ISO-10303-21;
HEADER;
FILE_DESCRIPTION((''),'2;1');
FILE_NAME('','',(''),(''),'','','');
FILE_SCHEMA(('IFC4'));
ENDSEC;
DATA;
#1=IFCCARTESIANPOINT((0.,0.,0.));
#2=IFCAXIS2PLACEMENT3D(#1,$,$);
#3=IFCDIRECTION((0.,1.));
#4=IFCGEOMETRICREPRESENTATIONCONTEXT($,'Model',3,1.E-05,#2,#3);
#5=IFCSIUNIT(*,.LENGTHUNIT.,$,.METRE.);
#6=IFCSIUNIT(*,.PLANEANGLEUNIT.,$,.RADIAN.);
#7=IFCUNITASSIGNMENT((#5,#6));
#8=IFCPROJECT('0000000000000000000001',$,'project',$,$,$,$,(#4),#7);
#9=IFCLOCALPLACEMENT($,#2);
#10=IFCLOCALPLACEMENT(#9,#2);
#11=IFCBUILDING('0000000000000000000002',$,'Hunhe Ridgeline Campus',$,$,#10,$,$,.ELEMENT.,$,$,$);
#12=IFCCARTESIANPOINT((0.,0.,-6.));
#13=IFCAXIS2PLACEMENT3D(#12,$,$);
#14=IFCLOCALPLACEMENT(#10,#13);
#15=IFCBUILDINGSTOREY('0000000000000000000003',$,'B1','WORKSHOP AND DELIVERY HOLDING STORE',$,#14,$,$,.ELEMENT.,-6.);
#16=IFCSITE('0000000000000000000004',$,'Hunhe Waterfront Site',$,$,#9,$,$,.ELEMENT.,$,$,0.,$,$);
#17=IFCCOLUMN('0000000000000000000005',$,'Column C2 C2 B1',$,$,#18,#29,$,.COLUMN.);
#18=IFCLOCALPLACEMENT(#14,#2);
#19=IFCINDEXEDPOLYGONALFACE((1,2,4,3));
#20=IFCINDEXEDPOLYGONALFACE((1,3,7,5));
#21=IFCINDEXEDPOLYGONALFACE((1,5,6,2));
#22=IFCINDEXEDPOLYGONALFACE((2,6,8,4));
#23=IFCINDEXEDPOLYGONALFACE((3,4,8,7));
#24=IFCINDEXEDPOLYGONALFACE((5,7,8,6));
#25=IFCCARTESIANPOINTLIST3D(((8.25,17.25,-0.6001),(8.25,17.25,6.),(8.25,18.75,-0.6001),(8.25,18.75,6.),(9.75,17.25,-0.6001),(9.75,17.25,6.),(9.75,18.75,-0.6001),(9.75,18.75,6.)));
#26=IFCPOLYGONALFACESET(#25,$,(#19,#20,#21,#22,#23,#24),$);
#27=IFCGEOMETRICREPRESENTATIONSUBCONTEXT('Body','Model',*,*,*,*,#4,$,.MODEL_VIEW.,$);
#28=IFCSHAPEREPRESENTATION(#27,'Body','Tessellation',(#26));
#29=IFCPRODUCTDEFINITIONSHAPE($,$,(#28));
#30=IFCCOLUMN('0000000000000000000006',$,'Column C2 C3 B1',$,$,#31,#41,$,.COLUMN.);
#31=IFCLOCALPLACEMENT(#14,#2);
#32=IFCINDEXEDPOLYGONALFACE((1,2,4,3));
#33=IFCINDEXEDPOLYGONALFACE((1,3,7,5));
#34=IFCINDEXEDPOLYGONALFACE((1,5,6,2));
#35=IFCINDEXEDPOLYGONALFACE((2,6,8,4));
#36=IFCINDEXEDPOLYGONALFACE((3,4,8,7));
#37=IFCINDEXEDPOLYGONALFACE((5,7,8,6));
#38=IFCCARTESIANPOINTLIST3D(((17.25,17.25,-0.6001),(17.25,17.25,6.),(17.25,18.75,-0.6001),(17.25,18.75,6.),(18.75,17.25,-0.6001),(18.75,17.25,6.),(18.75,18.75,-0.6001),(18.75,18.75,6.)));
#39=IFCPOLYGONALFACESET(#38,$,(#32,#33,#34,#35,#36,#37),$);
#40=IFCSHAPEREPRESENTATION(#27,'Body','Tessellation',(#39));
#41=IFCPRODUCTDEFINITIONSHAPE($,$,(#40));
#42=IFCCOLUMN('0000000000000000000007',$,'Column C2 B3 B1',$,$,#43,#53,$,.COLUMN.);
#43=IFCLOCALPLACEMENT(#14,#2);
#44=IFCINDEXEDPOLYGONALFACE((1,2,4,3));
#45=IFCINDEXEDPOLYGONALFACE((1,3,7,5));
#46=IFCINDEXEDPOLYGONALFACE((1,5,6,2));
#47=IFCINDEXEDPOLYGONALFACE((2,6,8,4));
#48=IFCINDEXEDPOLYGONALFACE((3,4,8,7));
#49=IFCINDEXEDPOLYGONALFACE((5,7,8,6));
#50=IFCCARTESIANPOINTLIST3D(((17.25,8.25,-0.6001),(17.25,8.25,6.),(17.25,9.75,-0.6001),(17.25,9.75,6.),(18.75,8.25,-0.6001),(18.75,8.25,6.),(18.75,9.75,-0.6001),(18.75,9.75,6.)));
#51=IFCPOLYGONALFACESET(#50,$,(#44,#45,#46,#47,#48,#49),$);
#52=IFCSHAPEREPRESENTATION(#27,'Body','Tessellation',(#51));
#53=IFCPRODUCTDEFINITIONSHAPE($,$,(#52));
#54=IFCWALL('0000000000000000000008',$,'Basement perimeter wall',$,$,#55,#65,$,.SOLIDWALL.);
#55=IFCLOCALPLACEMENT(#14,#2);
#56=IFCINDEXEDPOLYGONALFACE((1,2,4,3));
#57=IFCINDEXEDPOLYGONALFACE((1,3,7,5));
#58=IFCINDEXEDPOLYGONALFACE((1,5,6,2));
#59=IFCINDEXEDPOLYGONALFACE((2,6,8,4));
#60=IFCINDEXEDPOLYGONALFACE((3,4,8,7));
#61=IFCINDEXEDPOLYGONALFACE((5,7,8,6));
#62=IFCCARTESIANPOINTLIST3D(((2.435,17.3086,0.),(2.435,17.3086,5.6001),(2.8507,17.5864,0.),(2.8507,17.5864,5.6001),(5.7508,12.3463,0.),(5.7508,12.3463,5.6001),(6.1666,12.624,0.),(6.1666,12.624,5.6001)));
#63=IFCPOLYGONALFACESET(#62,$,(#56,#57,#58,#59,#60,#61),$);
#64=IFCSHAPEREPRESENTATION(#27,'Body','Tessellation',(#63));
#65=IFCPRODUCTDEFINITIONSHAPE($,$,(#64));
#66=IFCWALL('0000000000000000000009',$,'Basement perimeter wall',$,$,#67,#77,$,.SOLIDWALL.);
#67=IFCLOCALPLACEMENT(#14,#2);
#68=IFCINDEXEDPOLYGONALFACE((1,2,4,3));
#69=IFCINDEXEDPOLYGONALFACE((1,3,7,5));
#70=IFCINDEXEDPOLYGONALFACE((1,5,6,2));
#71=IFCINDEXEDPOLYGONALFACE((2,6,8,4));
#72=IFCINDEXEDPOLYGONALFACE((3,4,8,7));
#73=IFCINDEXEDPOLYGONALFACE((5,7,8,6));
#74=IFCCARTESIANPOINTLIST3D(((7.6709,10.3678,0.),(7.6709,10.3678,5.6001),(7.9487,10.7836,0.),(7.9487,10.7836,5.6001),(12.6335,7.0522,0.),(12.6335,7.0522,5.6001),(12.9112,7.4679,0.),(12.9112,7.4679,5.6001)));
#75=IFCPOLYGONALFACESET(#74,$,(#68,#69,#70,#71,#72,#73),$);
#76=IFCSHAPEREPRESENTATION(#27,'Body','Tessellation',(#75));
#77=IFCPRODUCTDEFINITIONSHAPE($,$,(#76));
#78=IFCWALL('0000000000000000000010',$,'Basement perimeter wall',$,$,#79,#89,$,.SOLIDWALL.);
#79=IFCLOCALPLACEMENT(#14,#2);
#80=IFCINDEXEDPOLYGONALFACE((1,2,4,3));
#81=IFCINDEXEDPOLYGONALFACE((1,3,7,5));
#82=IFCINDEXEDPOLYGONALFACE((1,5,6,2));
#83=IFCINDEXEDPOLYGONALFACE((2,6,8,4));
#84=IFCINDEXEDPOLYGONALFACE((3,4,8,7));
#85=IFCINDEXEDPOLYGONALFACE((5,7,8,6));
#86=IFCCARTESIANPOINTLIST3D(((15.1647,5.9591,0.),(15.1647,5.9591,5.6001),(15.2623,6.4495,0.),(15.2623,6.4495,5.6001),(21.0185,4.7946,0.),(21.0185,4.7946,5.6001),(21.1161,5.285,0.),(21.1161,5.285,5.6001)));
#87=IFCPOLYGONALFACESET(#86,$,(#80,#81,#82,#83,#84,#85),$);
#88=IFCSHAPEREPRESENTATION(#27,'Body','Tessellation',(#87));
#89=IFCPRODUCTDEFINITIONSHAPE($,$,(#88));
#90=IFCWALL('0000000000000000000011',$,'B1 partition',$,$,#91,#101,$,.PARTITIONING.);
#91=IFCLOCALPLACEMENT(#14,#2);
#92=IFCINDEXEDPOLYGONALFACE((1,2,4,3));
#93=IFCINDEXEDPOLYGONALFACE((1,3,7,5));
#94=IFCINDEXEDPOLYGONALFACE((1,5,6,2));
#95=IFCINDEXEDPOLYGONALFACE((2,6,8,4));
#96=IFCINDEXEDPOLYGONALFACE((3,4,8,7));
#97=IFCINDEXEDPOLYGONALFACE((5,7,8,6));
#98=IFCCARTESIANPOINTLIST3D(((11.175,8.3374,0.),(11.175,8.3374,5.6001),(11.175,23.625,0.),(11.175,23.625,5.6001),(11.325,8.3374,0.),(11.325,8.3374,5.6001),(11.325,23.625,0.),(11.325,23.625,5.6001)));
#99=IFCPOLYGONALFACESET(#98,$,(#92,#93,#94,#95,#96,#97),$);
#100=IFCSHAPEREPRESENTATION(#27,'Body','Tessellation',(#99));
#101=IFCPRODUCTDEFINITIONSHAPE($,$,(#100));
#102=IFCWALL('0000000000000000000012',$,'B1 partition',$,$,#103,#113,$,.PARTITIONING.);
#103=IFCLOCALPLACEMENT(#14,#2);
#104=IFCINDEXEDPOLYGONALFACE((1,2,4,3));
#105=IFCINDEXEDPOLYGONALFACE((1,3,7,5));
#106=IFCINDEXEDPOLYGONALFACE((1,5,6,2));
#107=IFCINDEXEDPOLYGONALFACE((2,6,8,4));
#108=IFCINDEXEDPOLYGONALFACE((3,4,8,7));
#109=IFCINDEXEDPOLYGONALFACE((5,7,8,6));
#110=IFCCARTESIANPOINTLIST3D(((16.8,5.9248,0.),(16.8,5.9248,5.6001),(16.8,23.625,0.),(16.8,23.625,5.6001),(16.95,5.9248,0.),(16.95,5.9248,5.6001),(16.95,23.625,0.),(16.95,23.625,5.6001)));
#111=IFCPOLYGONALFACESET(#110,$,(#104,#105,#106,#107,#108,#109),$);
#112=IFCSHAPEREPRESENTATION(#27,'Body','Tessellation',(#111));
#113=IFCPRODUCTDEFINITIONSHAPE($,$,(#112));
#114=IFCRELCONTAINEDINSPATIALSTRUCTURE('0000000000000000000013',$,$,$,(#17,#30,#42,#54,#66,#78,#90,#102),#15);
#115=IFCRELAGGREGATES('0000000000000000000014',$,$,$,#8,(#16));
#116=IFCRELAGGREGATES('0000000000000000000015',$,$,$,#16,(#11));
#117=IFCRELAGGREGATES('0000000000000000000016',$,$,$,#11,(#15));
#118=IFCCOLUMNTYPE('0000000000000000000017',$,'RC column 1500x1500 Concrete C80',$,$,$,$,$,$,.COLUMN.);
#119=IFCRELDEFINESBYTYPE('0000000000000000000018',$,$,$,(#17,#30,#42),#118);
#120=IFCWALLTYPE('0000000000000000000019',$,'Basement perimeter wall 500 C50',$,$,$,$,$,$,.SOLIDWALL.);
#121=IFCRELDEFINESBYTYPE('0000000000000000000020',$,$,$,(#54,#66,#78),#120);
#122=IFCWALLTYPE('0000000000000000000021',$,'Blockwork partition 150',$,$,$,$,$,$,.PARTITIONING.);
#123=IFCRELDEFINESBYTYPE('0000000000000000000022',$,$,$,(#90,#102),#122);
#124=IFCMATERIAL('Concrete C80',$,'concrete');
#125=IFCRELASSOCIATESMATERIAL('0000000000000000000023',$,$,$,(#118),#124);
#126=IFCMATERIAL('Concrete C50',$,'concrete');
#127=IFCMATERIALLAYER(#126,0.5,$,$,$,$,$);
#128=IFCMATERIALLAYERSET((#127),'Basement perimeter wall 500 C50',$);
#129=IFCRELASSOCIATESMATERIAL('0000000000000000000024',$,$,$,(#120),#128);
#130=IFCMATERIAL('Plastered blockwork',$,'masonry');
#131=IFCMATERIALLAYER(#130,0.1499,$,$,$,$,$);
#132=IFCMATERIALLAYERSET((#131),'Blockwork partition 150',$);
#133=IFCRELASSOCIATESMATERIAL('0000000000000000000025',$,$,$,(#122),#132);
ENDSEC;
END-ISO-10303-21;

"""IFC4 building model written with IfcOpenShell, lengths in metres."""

from ifc_helpers import new_model, si_unit, direction, frame, frame_2d, origin, origin_2d, place, context, subcontext, project, spatial, rectangle, extrude, material, layer, layer_set, material_profile, profile_set, type_object, element, save


model = new_model("IFC4")

# Units and contexts
model_context = context("Model", 3, precision=1e-05, world=origin(), true_north=direction((0.0, 1.0)))
body_context = subcontext(model_context, "Body", "Model", "MODEL_VIEW")
ifc_project = project(units=[si_unit("LENGTHUNIT", "METRE"), si_unit("PLANEANGLEUNIT", "RADIAN")], contexts=[model_context])

# Site, building, storey
site_placement = place(None, origin())
site = spatial("IfcSite", under=ifc_project, at=site_placement, Name="Hunhe Waterfront Site", CompositionType="ELEMENT", RefElevation=0.0)
building_placement = place(site_placement, origin())
building = spatial("IfcBuilding", under=site, at=building_placement, Name="Hunhe Ridgeline Campus", CompositionType="ELEMENT")
storey_placement = place(building_placement, frame((0.0, 0.0, -6.0)))
storey = spatial("IfcBuildingStorey", under=building, at=storey_placement, Name="B1", Description="WORKSHOP AND DELIVERY HOLDING STORE", CompositionType="ELEMENT", Elevation=-6.0)

# Columns
ifc_material_1 = material(Name="Concrete C80", Category="concrete")
ifc_material_profile_1 = material_profile(ifc_material_1, rectangle(XDim=1.5, YDim=1.5, at=origin_2d()))
ifc_profile_set_1 = profile_set([ifc_material_profile_1], Name="Concrete C80")
column_type_1 = type_object("IfcColumnType", Name="RC column 1500x1500 Concrete C80", PredefinedType="COLUMN", material=ifc_profile_set_1)
for number, where, z_axis, x_axis, name in (
    (1, (9.0, 18.0, -0.6001), (0.0, 0.0, 1.0), (1.0, 0.0, 0.0), "Column C2 C2 B1"),
    (2, (18.0, 18.0, -0.6001), (0.0, 0.0, 1.0), (1.0, 0.0, 0.0), "Column C2 C3 B1"),
    (3, (18.0, 9.0, -0.6001), (0.0, 0.0, 1.0), (1.0, 0.0, 0.0), "Column C2 B3 B1"),
):
    element("IfcColumn", number, at=place(storey_placement, frame(where, z_axis=z_axis, x_axis=x_axis)), inside=storey, type_object=column_type_1, Name=name, PredefinedType="COLUMN", context=body_context, shape_type="SweptSolid", body=[
        extrude(rectangle(XDim=1.5, YDim=1.5, at=origin_2d()), origin(), (0.0, 0.0, 1.0), 6.6001),
    ])

# Walls
ifc_material_2 = material(Name="Concrete C50", Category="concrete")
ifc_layer_1 = layer(ifc_material_2, 0.5)
ifc_layer_set_1 = layer_set([ifc_layer_1], Name="Basement perimeter wall 500 C50")
wall_type_1 = type_object("IfcWallType", Name="Basement perimeter wall 500 C50", PredefinedType="SOLIDWALL", material=ifc_layer_set_1)
for number, where, z_axis, x_axis, name in (
    (4, (2.6428, 17.4475, 0.0), (0.0, 0.0, 1.0), (0.555587, -0.831458, 0.0), "Basement perimeter wall"),
    (5, (7.8098, 10.5757, 0.0), (0.0, 0.0, 1.0), (0.83149, -0.55554, 0.0), "Basement perimeter wall"),
):
    element("IfcWall", number, at=place(storey_placement, frame(where, z_axis=z_axis, x_axis=x_axis)), inside=storey, type_object=wall_type_1, Name=name, PredefinedType="SOLIDWALL", context=body_context, shape_type="SweptSolid", body=[
        extrude(rectangle(XDim=5.9683, YDim=0.5, at=frame_2d((2.9841, 0.0))), origin(), (0.0, 0.0, 1.0), 5.6001),
    ])
wall_1_placement = place(storey_placement, frame((15.2134, 6.2043, 0.0), z_axis=(0.0, 0.0, 1.0), x_axis=(0.98078, -0.195117, 0.0)))
element("IfcWall", 6, at=wall_1_placement, inside=storey, type_object=wall_type_1, Name="Basement perimeter wall", PredefinedType="SOLIDWALL", context=body_context, shape_type="SweptSolid", body=[
    extrude(rectangle(XDim=5.9685, YDim=0.5, at=frame_2d((2.9844, 0.0))), origin(), (0.0, 0.0, 1.0), 5.6001),
])
ifc_material_3 = material(Name="Plastered blockwork", Category="masonry")
ifc_layer_2 = layer(ifc_material_3, 0.1499)
ifc_layer_set_2 = layer_set([ifc_layer_2], Name="Blockwork partition 150")
wall_type_2 = type_object("IfcWallType", Name="Blockwork partition 150", PredefinedType="PARTITIONING", material=ifc_layer_set_2)
wall_2_placement = place(storey_placement, frame((11.25, 8.3374, 0.0), z_axis=(0.0, 0.0, 1.0), x_axis=(0.0, 1.0, 0.0)))
element("IfcWall", 7, at=wall_2_placement, inside=storey, type_object=wall_type_2, Name="B1 partition", PredefinedType="PARTITIONING", context=body_context, shape_type="SweptSolid", body=[
    extrude(rectangle(XDim=15.2876, YDim=0.1499, at=frame_2d((7.6438, 0.0))), origin(), (0.0, 0.0, 1.0), 5.6001),
])
wall_3_placement = place(storey_placement, frame((16.875, 5.9248, 0.0), z_axis=(0.0, 0.0, 1.0), x_axis=(0.0, 1.0, 0.0)))
element("IfcWall", 8, at=wall_3_placement, inside=storey, type_object=wall_type_2, Name="B1 partition", PredefinedType="PARTITIONING", context=body_context, shape_type="SweptSolid", body=[
    extrude(rectangle(XDim=17.7002, YDim=0.1499, at=frame_2d((8.8501, 0.0))), origin(), (0.0, 0.0, 1.0), 5.6001),
])

save(model, "model.ifc")
